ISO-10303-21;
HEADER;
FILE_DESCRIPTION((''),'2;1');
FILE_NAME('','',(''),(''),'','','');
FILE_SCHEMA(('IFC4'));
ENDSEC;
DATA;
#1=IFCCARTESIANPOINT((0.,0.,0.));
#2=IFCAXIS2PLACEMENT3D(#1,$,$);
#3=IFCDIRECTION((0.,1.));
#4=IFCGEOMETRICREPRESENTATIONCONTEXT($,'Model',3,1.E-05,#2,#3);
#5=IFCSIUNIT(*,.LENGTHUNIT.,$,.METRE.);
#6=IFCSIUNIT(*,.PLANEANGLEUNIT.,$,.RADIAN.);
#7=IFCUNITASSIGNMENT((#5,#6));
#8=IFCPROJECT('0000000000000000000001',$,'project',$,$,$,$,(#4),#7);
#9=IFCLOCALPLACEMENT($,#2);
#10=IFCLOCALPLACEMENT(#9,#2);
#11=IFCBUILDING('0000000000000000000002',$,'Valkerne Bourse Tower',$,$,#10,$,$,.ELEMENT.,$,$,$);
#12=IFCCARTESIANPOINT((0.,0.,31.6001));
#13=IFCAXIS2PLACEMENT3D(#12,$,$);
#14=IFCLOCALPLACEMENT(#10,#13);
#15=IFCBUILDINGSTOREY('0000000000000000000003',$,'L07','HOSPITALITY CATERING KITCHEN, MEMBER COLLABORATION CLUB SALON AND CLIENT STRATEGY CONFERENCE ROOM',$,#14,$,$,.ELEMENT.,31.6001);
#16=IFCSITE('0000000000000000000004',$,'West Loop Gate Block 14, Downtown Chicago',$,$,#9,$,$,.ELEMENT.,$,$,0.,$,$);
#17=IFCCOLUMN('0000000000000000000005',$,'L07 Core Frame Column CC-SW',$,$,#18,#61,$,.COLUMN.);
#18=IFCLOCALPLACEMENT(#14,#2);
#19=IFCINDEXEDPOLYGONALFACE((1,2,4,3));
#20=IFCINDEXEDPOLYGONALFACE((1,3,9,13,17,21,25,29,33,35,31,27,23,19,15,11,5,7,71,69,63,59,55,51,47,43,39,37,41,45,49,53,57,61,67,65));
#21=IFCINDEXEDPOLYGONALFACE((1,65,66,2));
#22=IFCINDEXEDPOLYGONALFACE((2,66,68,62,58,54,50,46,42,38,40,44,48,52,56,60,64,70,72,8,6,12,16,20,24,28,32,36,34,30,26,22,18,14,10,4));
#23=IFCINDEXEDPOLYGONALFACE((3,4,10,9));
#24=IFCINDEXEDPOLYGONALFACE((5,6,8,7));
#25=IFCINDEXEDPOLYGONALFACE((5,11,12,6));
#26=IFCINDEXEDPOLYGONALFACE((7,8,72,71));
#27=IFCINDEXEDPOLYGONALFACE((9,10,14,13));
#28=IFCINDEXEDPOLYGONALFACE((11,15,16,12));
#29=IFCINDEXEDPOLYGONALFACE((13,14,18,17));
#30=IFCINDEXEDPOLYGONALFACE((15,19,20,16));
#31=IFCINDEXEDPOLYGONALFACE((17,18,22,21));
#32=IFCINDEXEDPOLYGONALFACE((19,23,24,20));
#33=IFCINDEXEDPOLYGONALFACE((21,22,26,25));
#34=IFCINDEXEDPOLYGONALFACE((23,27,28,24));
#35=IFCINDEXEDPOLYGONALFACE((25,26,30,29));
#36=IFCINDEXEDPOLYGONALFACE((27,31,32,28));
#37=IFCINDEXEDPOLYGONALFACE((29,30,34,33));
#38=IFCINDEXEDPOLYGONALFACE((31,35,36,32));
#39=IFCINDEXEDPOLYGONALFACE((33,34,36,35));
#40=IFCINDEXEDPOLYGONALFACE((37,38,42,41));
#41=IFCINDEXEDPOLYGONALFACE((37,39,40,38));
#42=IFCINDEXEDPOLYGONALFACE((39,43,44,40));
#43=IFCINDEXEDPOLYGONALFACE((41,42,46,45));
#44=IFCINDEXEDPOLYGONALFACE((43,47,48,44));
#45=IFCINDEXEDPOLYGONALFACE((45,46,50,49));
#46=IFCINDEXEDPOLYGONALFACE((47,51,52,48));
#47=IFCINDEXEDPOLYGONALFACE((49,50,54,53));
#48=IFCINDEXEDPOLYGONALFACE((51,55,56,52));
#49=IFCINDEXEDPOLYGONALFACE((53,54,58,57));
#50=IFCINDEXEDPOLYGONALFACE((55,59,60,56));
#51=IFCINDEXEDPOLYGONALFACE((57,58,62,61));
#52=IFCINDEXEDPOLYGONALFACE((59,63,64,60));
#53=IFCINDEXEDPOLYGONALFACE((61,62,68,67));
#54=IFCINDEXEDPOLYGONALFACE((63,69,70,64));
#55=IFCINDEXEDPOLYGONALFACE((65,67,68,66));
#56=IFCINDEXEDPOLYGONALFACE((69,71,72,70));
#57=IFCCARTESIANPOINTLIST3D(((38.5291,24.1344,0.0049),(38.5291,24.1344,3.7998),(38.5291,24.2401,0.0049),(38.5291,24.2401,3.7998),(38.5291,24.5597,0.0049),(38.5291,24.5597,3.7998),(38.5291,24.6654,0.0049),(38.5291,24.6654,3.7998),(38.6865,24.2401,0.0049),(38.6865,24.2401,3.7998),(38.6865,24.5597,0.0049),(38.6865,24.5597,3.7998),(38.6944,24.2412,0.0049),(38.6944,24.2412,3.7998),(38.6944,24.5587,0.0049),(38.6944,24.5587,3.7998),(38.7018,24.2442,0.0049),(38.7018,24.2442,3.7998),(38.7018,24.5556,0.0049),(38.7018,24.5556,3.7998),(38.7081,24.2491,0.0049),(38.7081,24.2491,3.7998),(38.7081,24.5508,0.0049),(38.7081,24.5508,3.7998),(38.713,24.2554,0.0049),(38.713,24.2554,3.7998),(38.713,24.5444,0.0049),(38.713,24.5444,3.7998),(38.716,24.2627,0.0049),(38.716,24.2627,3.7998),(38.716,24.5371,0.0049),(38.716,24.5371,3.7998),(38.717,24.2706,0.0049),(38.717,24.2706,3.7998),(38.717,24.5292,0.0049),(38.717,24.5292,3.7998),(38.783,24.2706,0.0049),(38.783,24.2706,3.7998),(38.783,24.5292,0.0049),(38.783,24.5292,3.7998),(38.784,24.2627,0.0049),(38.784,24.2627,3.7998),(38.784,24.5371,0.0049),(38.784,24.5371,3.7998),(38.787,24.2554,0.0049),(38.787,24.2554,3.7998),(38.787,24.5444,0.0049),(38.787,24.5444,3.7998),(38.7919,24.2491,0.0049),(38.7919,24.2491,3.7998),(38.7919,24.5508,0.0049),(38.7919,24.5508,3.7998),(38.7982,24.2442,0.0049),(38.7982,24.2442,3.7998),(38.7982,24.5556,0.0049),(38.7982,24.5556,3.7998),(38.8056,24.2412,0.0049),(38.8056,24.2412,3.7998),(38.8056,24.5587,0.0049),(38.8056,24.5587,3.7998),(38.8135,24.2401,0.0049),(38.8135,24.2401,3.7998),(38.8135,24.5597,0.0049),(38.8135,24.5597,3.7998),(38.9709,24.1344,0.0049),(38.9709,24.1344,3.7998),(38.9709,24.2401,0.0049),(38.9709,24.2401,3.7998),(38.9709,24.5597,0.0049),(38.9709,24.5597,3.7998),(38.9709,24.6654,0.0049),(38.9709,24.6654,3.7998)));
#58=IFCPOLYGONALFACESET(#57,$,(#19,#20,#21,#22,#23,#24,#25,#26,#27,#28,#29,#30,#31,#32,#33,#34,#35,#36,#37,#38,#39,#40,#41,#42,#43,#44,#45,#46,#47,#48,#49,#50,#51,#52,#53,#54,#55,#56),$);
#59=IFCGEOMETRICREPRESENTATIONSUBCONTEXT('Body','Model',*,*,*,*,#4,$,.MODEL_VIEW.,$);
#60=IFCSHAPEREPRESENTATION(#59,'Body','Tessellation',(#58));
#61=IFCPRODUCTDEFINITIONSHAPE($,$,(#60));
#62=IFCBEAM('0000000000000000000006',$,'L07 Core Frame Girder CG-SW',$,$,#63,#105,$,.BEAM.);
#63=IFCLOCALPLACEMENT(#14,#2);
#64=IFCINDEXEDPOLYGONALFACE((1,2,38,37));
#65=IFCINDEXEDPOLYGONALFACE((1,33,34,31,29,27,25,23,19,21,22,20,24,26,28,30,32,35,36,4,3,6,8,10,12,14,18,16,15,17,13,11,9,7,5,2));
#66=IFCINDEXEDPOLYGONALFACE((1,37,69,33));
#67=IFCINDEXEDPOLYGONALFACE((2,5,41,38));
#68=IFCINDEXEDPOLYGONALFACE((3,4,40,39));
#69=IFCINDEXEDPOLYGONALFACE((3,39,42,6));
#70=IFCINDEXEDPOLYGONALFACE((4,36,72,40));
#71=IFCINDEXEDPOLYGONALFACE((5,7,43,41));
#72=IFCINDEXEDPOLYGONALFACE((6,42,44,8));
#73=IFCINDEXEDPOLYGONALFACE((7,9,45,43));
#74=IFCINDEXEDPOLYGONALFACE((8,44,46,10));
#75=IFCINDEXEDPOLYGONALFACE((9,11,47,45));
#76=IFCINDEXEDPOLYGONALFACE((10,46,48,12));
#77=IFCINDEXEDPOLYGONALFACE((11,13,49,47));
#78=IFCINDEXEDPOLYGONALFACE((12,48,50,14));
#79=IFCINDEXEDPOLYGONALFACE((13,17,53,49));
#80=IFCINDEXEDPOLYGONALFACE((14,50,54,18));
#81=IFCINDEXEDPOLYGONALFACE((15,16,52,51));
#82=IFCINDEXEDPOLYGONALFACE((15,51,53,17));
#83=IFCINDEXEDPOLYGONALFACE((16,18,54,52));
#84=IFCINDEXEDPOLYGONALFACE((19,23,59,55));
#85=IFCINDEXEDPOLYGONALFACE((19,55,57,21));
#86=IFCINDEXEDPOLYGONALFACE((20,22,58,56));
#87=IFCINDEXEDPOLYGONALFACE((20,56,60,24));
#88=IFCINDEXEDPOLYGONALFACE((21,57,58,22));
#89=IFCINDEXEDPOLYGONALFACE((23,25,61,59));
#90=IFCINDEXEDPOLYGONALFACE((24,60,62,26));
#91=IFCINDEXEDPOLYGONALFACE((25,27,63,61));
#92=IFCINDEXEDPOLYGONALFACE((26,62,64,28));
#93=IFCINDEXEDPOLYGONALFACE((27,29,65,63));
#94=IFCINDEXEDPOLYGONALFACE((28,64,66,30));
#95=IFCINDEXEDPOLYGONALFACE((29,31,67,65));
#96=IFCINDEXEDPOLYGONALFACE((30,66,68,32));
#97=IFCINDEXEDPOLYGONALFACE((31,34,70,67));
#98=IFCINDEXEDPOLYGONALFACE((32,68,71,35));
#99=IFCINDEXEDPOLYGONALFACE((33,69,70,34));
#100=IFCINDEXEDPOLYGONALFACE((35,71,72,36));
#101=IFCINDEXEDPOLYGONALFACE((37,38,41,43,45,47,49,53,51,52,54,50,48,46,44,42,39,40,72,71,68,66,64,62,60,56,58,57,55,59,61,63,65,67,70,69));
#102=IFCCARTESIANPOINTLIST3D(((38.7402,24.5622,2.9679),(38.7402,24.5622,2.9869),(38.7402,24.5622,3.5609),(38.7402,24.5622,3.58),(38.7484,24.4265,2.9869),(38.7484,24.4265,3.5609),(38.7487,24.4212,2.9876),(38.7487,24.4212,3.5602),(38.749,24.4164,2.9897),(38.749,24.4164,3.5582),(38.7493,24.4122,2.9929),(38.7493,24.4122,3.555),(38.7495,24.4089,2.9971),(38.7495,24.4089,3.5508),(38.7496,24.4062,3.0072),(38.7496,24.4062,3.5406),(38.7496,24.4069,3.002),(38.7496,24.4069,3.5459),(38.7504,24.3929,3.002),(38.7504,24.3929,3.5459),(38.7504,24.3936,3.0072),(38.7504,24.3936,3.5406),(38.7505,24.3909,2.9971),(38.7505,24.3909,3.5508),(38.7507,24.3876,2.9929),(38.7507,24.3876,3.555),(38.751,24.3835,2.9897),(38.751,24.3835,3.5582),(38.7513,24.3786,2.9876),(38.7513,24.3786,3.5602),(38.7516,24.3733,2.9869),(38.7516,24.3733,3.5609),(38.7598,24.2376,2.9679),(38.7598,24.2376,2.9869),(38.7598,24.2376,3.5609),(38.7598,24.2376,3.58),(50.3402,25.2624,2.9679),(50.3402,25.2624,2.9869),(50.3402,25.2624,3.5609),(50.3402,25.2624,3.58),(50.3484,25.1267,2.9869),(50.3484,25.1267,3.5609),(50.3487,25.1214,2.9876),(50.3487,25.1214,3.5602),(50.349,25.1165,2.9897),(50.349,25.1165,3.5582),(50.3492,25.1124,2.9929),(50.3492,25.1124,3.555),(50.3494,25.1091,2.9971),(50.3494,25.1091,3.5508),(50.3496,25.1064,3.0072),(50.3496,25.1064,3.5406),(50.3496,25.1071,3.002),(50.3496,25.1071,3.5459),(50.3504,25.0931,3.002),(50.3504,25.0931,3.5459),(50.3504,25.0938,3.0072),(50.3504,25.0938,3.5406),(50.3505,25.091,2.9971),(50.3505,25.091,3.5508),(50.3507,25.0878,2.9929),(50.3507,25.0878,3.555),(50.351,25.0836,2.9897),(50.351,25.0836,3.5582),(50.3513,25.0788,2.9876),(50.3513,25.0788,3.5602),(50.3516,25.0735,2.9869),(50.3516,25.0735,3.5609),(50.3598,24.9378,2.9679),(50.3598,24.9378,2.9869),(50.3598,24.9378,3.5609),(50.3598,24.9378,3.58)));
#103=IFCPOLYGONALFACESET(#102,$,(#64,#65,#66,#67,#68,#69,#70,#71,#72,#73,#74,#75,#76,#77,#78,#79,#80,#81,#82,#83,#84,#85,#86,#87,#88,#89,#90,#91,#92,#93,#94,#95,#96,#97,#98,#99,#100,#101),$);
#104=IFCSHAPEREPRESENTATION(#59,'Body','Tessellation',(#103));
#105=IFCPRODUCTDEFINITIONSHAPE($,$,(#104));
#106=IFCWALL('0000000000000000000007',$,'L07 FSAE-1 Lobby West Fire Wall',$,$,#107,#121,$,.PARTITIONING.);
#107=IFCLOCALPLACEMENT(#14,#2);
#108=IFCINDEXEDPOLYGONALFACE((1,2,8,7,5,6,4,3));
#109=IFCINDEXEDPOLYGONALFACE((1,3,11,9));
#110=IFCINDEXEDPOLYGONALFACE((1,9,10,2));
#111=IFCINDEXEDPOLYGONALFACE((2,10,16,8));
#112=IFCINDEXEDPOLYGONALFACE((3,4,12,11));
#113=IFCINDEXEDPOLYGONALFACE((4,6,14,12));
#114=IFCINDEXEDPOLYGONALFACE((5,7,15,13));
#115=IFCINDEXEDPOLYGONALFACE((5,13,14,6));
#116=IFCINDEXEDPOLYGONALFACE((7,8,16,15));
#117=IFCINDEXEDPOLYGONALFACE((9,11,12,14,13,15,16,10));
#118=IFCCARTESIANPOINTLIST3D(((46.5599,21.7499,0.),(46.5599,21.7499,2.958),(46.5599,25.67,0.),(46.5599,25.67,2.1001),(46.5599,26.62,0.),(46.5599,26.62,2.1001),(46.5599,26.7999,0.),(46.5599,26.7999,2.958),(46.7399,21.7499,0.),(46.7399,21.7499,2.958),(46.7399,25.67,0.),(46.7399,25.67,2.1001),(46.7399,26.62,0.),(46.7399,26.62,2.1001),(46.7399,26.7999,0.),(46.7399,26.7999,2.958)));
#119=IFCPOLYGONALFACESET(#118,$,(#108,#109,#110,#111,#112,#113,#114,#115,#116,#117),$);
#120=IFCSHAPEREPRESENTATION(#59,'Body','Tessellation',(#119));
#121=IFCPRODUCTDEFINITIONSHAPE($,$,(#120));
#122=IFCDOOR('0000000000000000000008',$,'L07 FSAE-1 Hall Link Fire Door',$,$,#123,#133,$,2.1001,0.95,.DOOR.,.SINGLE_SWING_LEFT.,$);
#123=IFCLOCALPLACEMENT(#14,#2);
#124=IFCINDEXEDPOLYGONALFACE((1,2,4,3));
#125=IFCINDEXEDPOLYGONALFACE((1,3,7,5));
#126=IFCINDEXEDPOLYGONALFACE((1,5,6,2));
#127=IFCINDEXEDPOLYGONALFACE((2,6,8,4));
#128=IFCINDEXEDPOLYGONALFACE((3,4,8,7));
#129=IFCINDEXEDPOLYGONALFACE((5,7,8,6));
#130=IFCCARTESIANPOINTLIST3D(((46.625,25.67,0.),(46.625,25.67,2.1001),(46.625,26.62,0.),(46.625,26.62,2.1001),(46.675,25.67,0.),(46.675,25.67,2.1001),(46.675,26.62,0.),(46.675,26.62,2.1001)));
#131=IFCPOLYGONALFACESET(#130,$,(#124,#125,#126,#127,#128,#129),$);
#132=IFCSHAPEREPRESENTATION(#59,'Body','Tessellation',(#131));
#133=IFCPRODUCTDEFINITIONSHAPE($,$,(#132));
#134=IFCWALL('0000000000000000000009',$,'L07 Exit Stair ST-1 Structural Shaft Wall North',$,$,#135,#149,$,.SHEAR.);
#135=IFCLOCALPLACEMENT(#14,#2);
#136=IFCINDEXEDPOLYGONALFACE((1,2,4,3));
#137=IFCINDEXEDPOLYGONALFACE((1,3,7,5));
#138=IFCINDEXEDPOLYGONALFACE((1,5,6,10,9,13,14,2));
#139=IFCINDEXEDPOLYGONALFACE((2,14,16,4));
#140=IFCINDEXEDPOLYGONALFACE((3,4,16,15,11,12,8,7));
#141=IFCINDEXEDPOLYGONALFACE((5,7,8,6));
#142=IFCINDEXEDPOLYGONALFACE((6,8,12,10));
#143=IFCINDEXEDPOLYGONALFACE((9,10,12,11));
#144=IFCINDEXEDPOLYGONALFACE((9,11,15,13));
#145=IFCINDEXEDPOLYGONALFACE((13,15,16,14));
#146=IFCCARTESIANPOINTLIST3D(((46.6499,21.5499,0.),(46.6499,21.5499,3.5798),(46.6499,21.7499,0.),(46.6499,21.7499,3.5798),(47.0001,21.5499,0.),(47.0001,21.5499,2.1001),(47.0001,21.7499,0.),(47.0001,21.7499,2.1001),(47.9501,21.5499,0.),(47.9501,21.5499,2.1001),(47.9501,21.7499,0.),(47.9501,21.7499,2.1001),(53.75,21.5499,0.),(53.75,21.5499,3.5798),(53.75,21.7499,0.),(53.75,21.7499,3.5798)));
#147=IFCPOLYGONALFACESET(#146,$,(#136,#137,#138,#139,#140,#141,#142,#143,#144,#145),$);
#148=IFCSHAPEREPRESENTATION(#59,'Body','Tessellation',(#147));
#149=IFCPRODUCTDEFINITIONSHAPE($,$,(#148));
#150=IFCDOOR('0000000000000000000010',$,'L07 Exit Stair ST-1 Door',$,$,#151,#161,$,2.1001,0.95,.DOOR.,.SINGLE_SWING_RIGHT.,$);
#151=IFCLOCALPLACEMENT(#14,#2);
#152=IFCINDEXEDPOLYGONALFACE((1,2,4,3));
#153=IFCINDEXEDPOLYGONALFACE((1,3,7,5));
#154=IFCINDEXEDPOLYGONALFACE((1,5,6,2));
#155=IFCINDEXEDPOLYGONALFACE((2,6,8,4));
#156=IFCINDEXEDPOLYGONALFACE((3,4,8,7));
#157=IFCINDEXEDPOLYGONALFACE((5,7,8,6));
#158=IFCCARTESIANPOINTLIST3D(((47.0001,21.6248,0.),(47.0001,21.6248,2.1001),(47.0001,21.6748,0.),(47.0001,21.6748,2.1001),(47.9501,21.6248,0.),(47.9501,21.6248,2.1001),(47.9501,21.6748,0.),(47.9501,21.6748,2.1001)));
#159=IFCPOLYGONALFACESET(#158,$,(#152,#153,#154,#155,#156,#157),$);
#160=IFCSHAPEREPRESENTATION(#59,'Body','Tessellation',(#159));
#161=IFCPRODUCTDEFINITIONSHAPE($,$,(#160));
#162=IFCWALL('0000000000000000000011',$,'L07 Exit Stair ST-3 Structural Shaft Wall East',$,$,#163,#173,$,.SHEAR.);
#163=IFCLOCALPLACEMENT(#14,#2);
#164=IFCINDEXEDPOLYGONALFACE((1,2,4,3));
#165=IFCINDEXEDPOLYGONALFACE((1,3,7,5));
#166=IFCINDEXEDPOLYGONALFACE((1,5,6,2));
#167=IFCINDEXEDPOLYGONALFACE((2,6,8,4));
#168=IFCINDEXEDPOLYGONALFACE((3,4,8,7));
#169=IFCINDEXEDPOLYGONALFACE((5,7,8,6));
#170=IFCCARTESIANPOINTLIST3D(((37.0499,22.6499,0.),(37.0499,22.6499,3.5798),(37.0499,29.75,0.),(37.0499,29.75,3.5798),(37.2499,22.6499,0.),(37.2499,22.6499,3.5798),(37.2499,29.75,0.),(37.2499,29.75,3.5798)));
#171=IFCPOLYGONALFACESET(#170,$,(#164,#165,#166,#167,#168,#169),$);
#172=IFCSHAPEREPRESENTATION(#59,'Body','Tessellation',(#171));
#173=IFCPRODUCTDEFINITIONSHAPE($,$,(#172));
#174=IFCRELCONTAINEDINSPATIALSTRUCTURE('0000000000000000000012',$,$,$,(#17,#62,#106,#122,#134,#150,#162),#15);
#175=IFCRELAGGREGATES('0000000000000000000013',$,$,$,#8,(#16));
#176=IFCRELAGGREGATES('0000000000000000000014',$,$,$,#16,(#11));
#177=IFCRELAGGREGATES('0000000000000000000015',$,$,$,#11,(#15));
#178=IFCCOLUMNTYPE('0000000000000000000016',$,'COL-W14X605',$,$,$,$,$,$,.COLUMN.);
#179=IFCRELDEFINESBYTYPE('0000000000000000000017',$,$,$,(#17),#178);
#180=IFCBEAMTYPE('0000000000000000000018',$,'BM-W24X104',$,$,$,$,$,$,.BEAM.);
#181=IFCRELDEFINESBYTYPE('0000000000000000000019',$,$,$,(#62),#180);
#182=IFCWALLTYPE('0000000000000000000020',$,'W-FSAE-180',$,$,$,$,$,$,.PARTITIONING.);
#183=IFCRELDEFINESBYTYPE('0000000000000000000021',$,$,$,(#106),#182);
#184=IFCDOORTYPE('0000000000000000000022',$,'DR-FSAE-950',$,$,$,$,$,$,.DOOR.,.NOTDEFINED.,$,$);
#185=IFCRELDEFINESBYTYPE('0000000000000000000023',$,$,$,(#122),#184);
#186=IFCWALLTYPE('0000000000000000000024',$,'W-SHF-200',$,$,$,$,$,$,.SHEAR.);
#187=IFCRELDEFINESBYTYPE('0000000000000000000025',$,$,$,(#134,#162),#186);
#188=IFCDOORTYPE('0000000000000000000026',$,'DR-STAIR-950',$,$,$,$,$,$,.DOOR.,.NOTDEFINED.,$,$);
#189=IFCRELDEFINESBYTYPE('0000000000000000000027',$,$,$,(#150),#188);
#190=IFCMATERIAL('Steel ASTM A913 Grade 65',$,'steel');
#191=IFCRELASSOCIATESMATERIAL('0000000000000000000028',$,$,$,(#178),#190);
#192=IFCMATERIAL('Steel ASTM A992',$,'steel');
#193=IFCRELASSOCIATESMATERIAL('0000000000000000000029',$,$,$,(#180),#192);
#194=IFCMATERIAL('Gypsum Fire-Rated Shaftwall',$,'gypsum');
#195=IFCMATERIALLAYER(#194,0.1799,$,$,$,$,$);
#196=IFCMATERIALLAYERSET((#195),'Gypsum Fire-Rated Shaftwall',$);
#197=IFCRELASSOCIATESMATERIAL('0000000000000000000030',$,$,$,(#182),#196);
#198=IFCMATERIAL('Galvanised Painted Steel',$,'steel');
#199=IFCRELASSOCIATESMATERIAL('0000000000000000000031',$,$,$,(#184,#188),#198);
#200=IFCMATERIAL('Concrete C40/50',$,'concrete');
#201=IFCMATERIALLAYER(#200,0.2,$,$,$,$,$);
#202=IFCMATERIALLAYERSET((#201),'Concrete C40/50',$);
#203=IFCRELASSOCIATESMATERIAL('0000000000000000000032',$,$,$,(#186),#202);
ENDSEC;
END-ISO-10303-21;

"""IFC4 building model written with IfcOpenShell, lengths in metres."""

from ifc_helpers import new_model, si_unit, direction, frame, frame_2d, origin, origin_2d, place, context, subcontext, project, spatial, rectangle, i_section, extrude, material, layer, layer_set, material_profile, profile_set, type_object, element, fill, save


model = new_model("IFC4")

# Units and contexts
model_context = context("Model", 3, precision=1e-05, world=origin(), true_north=direction((0.0, 1.0)))
body_context = subcontext(model_context, "Body", "Model", "MODEL_VIEW")
ifc_project = project(units=[si_unit("LENGTHUNIT", "METRE"), si_unit("PLANEANGLEUNIT", "RADIAN")], contexts=[model_context])

# Site, building, storey
site_placement = place(None, origin())
site = spatial("IfcSite", under=ifc_project, at=site_placement, Name="West Loop Gate Block 14, Downtown Chicago", CompositionType="ELEMENT", RefElevation=0.0)
building_placement = place(site_placement, origin())
building = spatial("IfcBuilding", under=site, at=building_placement, Name="Valkerne Bourse Tower", CompositionType="ELEMENT")
storey_placement = place(building_placement, frame((0.0, 0.0, 31.6001)))
storey = spatial("IfcBuildingStorey", under=building, at=storey_placement, Name="L07", Description="HOSPITALITY CATERING KITCHEN, MEMBER COLLABORATION CLUB SALON AND CLIENT STRATEGY CONFERENCE ROOM", CompositionType="ELEMENT", Elevation=31.6001)

# Column
ifc_material_1 = material(Name="Steel ASTM A913 Grade 65", Category="steel")
ifc_material_profile_1 = material_profile(ifc_material_1, i_section(OverallWidth=0.4419, OverallDepth=0.531, WebThickness=0.0659, FlangeThickness=0.1057, FilletRadius=0.0305, at=origin_2d()), Name="W14X605")
ifc_profile_set_1 = profile_set([ifc_material_profile_1], Name="Steel ASTM A913 Grade 65")
column_type = type_object("IfcColumnType", Name="COL-W14X605", PredefinedType="COLUMN", material=ifc_profile_set_1)
column_placement = place(storey_placement, frame((38.75, 24.3999, 0.0049), z_axis=(0.0, 0.0, 1.0), x_axis=(1.0, 0.0, 0.0)))
element("IfcColumn", 1, at=column_placement, inside=storey, type_object=column_type, Name="L07 Core Frame Column CC-SW", PredefinedType="COLUMN", context=body_context, shape_type="SweptSolid", body=[
    extrude(i_section(OverallWidth=0.4419, OverallDepth=0.531, WebThickness=0.0659, FlangeThickness=0.1057, FilletRadius=0.0305, at=origin_2d()), origin(), (0.0, 0.0, 1.0), 3.7949),
])

# Beam
ifc_material_2 = material(Name="Steel ASTM A992", Category="steel")
ifc_material_profile_2 = material_profile(ifc_material_2, i_section(OverallWidth=0.3252, OverallDepth=0.6121, WebThickness=0.0127, FlangeThickness=0.019, FilletRadius=0.0203, at=origin_2d()), Name="W24X104")
ifc_profile_set_2 = profile_set([ifc_material_profile_2], Name="Steel ASTM A992")
beam_type = type_object("IfcBeamType", Name="BM-W24X104", PredefinedType="BEAM", material=ifc_profile_set_2)
beam_placement = place(storey_placement, frame((38.75, 24.3999, 3.2739), z_axis=(0.998183, 0.060251, 0.0), x_axis=(-0.060251, 0.998183, 0.0)))
element("IfcBeam", 2, at=beam_placement, inside=storey, type_object=beam_type, Name="L07 Core Frame Girder CG-SW", PredefinedType="BEAM", context=body_context, shape_type="SweptSolid", body=[
    extrude(i_section(OverallWidth=0.3252, OverallDepth=0.6121, WebThickness=0.0127, FlangeThickness=0.019, FilletRadius=0.0203, at=origin_2d()), origin(), (0.0, 0.0, 1.0), 11.6211),
])

# Wall, opening, door
ifc_material_3 = material(Name="Gypsum Fire-Rated Shaftwall", Category="gypsum")
ifc_layer_1 = layer(ifc_material_3, 0.1799)
ifc_layer_set_1 = layer_set([ifc_layer_1], Name="Gypsum Fire-Rated Shaftwall")
wall_type_1 = type_object("IfcWallType", Name="W-FSAE-180", PredefinedType="PARTITIONING", material=ifc_layer_set_1)
wall_1_placement = place(storey_placement, frame((46.6499, 21.75, 0.0), z_axis=(0.0, 0.0, 1.0), x_axis=(0.0, 1.0, 0.0)))
wall_1 = element("IfcWall", 3, at=wall_1_placement, inside=storey, type_object=wall_type_1, Name="L07 FSAE-1 Lobby West Fire Wall", PredefinedType="PARTITIONING", context=body_context, shape_type="SweptSolid", body=[
    extrude(rectangle(XDim=5.05, YDim=0.1799, at=frame_2d((2.5249, 0.0))), origin(), (0.0, 0.0, 1.0), 2.958),
])
opening_1_placement = place(wall_1_placement, frame((3.9199, 0.0, 0.0)))
opening_1 = element("IfcOpeningElement", 4, at=opening_1_placement, cuts=wall_1, PredefinedType="OPENING", context=body_context, shape_type="SweptSolid", body=[
    extrude(rectangle(XDim=0.95, YDim=2.1001, at=frame_2d((0.4751, 1.05))), frame((0.0, 0.0999, 0.0), z_axis=(0.0, -1.0, 0.0), x_axis=(1.0, 0.0, 0.0)), (0.0, 0.0, 1.0), 0.2),
])
ifc_material_4 = material(Name="Galvanised Painted Steel", Category="steel")
door_type_1 = type_object("IfcDoorType", Name="DR-FSAE-950", OperationType="NOTDEFINED", PredefinedType="DOOR", material=ifc_material_4)
door_1_placement = place(opening_1_placement, origin())
door_1 = element("IfcDoor", 5, at=door_1_placement, inside=storey, type_object=door_type_1, Name="L07 FSAE-1 Hall Link Fire Door", OperationType="SINGLE_SWING_LEFT", OverallHeight=2.1001, OverallWidth=0.95, PredefinedType="DOOR", context=body_context, shape_type="SweptSolid", body=[
    extrude(rectangle(XDim=0.95, YDim=2.1001, at=frame_2d((0.4751, 1.05))), frame((0.0, 0.0249, 0.0), z_axis=(0.0, -1.0, 0.0), x_axis=(1.0, 0.0, 0.0)), (0.0, 0.0, 1.0), 0.05),
])
fill(opening_1, door_1)

# Wall, opening, door
ifc_material_5 = material(Name="Concrete C40/50", Category="concrete")
ifc_layer_2 = layer(ifc_material_5, 0.2)
ifc_layer_set_2 = layer_set([ifc_layer_2], Name="Concrete C40/50")
wall_type_2 = type_object("IfcWallType", Name="W-SHF-200", PredefinedType="SHEAR", material=ifc_layer_set_2)
wall_2_placement = place(storey_placement, frame((46.6499, 21.6499, 0.0), z_axis=(0.0, 0.0, 1.0), x_axis=(1.0, 0.0, 0.0)))
wall_2 = element("IfcWall", 6, at=wall_2_placement, inside=storey, type_object=wall_type_2, Name="L07 Exit Stair ST-1 Structural Shaft Wall North", PredefinedType="SHEAR", context=body_context, shape_type="SweptSolid", body=[
    extrude(rectangle(XDim=7.1001, YDim=0.2, at=frame_2d((3.55, 0.0))), origin(), (0.0, 0.0, 1.0), 3.5798),
])
opening_2_placement = place(wall_2_placement, frame((0.3501, 0.0, 0.0)))
opening_2 = element("IfcOpeningElement", 7, at=opening_2_placement, cuts=wall_2, PredefinedType="OPENING", context=body_context, shape_type="SweptSolid", body=[
    extrude(rectangle(XDim=0.95, YDim=2.1001, at=frame_2d((0.4751, 1.05))), frame((0.0, 0.1099, 0.0), z_axis=(0.0, -1.0, 0.0), x_axis=(1.0, 0.0, 0.0)), (0.0, 0.0, 1.0), 0.22),
])
door_type_2 = type_object("IfcDoorType", Name="DR-STAIR-950", OperationType="NOTDEFINED", PredefinedType="DOOR", material=ifc_material_4)
door_2_placement = place(opening_2_placement, origin())
door_2 = element("IfcDoor", 8, at=door_2_placement, inside=storey, type_object=door_type_2, Name="L07 Exit Stair ST-1 Door", OperationType="SINGLE_SWING_RIGHT", OverallHeight=2.1001, OverallWidth=0.95, PredefinedType="DOOR", context=body_context, shape_type="SweptSolid", body=[
    extrude(rectangle(XDim=0.95, YDim=2.1001, at=frame_2d((0.4751, 1.05))), frame((0.0, 0.0249, 0.0), z_axis=(0.0, -1.0, 0.0), x_axis=(1.0, 0.0, 0.0)), (0.0, 0.0, 1.0), 0.05),
])
fill(opening_2, door_2)

# Wall
wall_3_placement = place(storey_placement, frame((37.1499, 22.6499, 0.0), z_axis=(0.0, 0.0, 1.0), x_axis=(0.0, 1.0, 0.0)))
element("IfcWall", 9, at=wall_3_placement, inside=storey, type_object=wall_type_2, Name="L07 Exit Stair ST-3 Structural Shaft Wall East", PredefinedType="SHEAR", context=body_context, shape_type="SweptSolid", body=[
    extrude(rectangle(XDim=7.1001, YDim=0.2, at=frame_2d((3.55, 0.0))), origin(), (0.0, 0.0, 1.0), 3.5798),
])

save(model, "model.ifc")
